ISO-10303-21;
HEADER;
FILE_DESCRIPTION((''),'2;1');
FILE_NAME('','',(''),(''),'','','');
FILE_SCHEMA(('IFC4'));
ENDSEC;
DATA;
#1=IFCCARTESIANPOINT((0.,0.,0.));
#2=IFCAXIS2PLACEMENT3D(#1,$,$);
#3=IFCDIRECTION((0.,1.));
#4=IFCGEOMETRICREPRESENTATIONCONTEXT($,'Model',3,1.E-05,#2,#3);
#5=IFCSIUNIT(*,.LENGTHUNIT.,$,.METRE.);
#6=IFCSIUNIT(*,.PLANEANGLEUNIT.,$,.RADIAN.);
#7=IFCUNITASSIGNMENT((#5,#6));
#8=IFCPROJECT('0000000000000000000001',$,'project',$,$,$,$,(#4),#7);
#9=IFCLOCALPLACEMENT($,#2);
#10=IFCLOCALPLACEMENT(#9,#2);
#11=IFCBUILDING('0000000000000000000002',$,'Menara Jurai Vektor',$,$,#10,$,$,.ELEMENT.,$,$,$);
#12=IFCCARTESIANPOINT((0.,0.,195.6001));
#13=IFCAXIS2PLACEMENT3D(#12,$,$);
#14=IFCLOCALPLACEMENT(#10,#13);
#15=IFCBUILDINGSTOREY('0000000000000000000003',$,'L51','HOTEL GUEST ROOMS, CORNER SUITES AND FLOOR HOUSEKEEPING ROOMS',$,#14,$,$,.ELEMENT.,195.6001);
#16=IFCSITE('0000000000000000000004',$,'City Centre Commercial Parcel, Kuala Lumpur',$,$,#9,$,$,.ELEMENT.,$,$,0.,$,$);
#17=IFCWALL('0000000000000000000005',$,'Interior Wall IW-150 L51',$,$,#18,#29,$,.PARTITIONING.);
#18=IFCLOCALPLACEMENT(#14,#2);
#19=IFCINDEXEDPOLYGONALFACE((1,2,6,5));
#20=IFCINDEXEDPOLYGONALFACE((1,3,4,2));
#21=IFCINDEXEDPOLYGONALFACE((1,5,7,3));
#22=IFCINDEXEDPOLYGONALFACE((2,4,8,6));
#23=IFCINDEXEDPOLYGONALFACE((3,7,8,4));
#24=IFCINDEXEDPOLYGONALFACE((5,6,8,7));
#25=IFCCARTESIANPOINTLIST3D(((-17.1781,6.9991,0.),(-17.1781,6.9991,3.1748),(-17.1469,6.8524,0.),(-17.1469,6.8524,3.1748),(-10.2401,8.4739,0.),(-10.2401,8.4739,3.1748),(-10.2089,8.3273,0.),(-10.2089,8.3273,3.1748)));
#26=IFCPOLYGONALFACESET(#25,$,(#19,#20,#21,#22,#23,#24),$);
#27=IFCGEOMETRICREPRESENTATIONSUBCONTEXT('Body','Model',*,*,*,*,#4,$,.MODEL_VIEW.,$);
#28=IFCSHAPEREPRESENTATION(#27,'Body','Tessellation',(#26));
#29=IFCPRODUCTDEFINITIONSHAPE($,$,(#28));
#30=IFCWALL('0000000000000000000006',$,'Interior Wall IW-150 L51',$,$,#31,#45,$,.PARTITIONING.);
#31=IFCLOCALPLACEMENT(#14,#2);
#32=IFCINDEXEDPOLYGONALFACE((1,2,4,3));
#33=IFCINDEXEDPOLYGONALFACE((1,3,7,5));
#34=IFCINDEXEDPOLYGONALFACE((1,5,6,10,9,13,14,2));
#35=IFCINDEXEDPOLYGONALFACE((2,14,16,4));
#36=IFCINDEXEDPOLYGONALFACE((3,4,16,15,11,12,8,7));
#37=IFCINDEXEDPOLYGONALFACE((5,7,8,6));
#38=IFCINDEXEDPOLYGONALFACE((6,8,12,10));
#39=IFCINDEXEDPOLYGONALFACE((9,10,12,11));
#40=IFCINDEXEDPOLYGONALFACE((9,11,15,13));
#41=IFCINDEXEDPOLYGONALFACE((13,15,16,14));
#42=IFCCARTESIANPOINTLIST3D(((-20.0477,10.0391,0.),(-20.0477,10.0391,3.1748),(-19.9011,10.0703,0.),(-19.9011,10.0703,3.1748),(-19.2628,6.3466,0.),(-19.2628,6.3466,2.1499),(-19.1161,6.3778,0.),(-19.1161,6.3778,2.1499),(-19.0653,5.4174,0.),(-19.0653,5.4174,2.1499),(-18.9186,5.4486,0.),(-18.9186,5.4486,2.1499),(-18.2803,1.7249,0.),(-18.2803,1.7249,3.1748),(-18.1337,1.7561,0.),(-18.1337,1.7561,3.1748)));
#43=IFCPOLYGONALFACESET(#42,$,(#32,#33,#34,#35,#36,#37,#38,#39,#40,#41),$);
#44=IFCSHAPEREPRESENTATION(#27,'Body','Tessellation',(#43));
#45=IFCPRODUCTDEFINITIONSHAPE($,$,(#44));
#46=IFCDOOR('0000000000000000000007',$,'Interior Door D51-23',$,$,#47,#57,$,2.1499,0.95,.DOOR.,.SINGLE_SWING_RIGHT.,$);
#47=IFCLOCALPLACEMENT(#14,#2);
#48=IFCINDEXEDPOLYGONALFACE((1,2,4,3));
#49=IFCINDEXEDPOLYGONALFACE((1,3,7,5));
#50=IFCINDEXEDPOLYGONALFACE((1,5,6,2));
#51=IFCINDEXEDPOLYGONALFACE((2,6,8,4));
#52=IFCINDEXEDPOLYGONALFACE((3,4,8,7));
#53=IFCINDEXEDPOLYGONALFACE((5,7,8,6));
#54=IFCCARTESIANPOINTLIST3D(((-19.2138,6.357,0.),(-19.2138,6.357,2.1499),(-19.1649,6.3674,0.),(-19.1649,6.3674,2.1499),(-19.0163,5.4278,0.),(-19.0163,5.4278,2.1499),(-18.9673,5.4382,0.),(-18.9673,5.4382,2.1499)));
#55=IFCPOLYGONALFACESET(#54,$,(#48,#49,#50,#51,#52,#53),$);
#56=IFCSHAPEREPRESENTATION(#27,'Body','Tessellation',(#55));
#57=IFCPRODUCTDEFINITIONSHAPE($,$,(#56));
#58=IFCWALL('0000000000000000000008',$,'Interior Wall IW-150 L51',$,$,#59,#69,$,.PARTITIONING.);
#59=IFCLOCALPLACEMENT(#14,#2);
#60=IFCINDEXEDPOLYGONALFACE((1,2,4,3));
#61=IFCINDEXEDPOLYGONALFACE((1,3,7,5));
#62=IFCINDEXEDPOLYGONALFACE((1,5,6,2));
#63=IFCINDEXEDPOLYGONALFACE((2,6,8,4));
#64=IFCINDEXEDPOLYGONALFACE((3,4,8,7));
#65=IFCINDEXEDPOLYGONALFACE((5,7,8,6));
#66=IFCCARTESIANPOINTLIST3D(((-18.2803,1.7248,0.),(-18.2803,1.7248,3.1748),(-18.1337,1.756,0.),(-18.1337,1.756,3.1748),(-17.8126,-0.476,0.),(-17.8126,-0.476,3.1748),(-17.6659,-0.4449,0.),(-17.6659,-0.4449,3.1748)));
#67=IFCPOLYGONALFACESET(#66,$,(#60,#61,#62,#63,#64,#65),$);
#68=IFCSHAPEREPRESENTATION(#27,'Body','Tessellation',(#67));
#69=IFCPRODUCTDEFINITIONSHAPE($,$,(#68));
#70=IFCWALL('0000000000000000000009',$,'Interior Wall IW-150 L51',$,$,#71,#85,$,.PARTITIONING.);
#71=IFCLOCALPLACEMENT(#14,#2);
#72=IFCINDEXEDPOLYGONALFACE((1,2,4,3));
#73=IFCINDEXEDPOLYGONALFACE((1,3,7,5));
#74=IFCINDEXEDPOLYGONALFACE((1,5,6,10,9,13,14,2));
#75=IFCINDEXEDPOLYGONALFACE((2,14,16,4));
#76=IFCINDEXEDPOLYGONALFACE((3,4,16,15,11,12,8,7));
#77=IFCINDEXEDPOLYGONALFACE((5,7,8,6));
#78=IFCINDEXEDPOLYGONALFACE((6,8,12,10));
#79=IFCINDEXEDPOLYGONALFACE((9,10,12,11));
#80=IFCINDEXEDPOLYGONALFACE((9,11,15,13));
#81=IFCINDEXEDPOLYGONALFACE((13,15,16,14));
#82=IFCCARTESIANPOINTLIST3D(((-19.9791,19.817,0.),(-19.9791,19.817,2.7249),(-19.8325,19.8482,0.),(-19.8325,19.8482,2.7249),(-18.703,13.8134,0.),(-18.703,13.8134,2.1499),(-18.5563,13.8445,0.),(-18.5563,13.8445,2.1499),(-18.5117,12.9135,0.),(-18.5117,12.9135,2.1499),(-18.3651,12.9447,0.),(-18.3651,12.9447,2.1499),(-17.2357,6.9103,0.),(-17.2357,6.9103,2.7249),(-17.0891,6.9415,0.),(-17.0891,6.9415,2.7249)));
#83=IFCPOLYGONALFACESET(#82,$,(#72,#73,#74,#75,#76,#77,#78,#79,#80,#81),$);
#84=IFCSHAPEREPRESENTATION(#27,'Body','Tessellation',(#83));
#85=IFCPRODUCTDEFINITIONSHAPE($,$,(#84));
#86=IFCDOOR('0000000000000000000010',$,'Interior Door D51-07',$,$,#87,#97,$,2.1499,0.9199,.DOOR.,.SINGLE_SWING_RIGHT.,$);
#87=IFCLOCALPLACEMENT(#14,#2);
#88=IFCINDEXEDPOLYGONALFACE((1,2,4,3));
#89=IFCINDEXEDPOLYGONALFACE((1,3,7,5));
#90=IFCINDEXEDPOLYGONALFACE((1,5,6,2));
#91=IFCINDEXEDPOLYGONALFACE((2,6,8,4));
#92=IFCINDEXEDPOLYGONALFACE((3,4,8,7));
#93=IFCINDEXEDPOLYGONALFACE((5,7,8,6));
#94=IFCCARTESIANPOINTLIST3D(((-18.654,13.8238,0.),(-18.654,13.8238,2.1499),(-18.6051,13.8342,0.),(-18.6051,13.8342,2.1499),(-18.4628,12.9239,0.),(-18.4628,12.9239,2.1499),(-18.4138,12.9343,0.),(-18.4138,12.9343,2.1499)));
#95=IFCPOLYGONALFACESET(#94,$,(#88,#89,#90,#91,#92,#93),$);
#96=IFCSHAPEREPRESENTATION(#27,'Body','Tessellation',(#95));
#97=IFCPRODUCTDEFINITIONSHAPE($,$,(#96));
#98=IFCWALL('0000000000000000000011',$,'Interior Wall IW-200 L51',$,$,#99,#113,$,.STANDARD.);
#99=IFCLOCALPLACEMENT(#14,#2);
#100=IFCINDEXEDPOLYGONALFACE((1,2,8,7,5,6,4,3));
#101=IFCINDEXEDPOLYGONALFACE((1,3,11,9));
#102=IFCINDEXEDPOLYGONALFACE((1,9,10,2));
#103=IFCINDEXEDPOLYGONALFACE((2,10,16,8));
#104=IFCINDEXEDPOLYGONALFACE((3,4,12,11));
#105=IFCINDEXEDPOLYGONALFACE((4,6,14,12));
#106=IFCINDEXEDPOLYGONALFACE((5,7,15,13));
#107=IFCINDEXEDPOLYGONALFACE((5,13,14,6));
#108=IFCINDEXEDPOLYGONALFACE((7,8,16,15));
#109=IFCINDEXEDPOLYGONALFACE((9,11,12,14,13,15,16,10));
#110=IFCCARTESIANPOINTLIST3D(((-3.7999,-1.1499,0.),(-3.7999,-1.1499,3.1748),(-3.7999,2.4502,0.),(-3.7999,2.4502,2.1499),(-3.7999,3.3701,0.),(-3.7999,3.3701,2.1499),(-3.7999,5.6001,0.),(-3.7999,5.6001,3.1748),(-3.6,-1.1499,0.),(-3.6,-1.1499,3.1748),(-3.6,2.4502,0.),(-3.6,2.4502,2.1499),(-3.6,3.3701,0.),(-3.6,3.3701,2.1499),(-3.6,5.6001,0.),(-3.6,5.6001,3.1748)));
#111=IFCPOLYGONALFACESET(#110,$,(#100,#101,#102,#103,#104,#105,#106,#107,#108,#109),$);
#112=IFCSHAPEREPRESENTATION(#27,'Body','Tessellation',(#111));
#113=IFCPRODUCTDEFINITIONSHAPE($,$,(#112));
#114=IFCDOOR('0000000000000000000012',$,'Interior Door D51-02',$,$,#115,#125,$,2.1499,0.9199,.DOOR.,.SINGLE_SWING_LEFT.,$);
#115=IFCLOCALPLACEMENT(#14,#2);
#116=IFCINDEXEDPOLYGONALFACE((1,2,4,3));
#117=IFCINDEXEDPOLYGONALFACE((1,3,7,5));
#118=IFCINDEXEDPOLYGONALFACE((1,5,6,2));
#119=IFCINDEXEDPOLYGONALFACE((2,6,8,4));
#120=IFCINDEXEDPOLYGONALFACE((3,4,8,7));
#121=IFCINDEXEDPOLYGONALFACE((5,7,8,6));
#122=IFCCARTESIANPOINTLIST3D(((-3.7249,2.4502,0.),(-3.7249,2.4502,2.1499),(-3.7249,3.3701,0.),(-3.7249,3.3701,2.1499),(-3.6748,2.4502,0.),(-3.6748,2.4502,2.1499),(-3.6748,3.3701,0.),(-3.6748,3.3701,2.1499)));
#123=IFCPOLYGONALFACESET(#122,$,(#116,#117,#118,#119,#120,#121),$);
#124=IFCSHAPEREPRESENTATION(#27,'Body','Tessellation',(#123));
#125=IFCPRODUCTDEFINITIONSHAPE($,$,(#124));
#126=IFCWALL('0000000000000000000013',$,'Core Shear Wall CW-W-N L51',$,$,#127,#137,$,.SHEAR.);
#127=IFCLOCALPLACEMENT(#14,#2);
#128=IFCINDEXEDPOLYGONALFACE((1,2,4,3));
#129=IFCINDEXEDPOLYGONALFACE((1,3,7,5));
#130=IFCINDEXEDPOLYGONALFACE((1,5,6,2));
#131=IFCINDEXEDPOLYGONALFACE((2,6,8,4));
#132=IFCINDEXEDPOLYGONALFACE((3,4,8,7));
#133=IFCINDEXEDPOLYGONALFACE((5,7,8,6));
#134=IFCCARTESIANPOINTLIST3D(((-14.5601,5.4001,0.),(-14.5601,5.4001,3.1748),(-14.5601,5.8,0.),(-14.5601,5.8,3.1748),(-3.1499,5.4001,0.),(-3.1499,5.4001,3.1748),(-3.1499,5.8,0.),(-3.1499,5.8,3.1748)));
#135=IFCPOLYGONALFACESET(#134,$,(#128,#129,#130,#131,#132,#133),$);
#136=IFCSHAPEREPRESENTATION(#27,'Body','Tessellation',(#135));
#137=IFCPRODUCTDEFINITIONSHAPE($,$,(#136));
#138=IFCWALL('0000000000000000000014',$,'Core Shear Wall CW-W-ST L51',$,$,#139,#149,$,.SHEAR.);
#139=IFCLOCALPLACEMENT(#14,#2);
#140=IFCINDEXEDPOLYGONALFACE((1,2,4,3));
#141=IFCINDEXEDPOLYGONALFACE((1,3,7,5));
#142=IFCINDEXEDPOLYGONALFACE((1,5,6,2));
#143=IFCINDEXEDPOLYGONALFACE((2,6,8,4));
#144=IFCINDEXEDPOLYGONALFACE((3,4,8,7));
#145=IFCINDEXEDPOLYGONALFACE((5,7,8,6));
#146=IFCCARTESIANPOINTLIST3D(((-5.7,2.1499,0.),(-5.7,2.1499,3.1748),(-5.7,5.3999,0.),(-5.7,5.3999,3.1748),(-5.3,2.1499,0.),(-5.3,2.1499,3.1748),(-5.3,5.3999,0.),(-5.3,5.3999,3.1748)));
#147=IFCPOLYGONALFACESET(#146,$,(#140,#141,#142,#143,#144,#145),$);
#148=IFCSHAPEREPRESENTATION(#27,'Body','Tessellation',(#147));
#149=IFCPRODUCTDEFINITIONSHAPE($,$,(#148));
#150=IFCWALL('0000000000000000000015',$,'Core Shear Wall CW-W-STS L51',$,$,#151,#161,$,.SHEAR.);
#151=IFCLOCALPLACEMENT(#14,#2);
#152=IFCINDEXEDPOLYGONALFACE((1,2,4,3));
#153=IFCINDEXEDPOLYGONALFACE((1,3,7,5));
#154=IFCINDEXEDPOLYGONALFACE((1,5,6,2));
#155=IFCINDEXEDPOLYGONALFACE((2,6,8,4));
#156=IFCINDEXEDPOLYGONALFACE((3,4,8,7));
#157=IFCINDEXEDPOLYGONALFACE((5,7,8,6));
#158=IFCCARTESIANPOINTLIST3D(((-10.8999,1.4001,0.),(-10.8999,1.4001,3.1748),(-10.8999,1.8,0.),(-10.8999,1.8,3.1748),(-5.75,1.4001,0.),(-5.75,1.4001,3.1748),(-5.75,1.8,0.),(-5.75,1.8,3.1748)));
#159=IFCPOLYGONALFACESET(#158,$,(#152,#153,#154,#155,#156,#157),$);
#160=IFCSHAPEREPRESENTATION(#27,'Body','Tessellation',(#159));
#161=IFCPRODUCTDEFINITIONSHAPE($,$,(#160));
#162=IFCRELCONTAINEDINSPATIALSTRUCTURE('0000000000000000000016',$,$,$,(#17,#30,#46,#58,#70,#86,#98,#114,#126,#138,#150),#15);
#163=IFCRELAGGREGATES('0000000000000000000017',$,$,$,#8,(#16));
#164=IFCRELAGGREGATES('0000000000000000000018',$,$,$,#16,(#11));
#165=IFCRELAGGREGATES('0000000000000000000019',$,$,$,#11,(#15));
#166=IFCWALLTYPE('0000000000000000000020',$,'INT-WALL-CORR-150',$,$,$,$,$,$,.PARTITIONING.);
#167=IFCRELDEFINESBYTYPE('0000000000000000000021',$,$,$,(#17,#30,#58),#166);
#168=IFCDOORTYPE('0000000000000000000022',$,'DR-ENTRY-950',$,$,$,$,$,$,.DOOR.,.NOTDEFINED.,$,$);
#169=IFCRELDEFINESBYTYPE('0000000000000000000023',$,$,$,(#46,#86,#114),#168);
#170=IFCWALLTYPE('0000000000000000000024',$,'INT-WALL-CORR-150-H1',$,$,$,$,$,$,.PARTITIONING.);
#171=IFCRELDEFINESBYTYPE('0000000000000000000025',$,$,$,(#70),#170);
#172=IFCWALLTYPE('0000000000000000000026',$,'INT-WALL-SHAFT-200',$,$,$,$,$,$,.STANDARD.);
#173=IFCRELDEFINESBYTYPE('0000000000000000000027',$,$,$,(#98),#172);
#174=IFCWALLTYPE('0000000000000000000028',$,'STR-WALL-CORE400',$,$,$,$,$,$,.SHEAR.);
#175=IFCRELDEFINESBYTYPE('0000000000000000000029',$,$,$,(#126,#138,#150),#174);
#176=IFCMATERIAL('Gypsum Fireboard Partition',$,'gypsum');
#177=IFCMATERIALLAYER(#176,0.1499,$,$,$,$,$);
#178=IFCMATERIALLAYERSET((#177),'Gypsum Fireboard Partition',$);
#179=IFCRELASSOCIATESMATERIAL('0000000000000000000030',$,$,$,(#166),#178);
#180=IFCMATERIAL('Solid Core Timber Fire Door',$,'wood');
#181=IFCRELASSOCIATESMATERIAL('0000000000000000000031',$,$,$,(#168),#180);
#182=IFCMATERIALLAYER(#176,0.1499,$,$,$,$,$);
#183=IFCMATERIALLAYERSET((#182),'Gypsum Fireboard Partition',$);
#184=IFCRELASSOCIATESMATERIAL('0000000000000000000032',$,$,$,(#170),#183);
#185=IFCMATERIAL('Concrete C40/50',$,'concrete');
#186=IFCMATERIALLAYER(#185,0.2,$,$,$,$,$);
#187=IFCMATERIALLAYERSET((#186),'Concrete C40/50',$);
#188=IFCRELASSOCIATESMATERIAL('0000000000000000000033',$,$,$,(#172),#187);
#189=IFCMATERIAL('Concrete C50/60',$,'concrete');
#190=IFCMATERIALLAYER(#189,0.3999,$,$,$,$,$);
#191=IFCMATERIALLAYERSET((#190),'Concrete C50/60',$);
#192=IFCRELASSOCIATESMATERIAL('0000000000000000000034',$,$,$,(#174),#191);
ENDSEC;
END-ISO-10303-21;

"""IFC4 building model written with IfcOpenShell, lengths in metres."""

from ifc_helpers import new_model, si_unit, direction, frame, frame_2d, origin, place, context, subcontext, project, spatial, rectangle, extrude, material, layer, layer_set, type_object, element, fill, save


model = new_model("IFC4")

# Units and contexts
model_context = context("Model", 3, precision=1e-05, world=origin(), true_north=direction((0.0, 1.0)))
body_context = subcontext(model_context, "Body", "Model", "MODEL_VIEW")
ifc_project = project(units=[si_unit("LENGTHUNIT", "METRE"), si_unit("PLANEANGLEUNIT", "RADIAN")], contexts=[model_context])

# Site, building, storey
site_placement = place(None, origin())
site = spatial("IfcSite", under=ifc_project, at=site_placement, Name="City Centre Commercial Parcel, Kuala Lumpur", CompositionType="ELEMENT", RefElevation=0.0)
building_placement = place(site_placement, origin())
building = spatial("IfcBuilding", under=site, at=building_placement, Name="Menara Jurai Vektor", CompositionType="ELEMENT")
storey_placement = place(building_placement, frame((0.0, 0.0, 195.6001)))
storey = spatial("IfcBuildingStorey", under=building, at=storey_placement, Name="L51", Description="HOTEL GUEST ROOMS, CORNER SUITES AND FLOOR HOUSEKEEPING ROOMS", CompositionType="ELEMENT", Elevation=195.6001)

# Shared definitions
ifc_material_1 = material(Name="Concrete C50/60", Category="concrete")

# Shared definitions
ifc_material_2 = material(Name="Concrete C40/50", Category="concrete")

# Wall
ifc_material_3 = material(Name="Gypsum Fireboard Partition", Category="gypsum")
ifc_layer_1 = layer(ifc_material_3, 0.1499)
ifc_layer_set_1 = layer_set([ifc_layer_1], Name="Gypsum Fireboard Partition")
wall_type_1 = type_object("IfcWallType", Name="INT-WALL-CORR-150", PredefinedType="PARTITIONING", material=ifc_layer_set_1)
wall_1_placement = place(storey_placement, frame((-17.1624, 6.9258, 0.0), z_axis=(0.0, 0.0, 1.0), x_axis=(0.978144, 0.20793, 0.0)))
element("IfcWall", 1, at=wall_1_placement, inside=storey, type_object=wall_type_1, Name="Interior Wall IW-150 L51", PredefinedType="PARTITIONING", context=body_context, shape_type="SweptSolid", body=[
    extrude(rectangle(XDim=7.093, YDim=0.1499, at=frame_2d((3.5464, 0.0))), origin(), (0.0, 0.0, 1.0), 3.1748),
])

# Wall, opening, door
wall_2_placement = place(storey_placement, frame((-18.207, 1.7405, 0.0), z_axis=(0.0, 0.0, 1.0), x_axis=(-0.207922, 0.978145, 0.0)))
wall_2 = element("IfcWall", 2, at=wall_2_placement, inside=storey, type_object=wall_type_1, Name="Interior Wall IW-150 L51", PredefinedType="PARTITIONING", context=body_context, shape_type="SweptSolid", body=[
    extrude(rectangle(XDim=8.5, YDim=0.1499, at=frame_2d((4.25, 0.0))), origin(), (0.0, 0.0, 1.0), 3.1748),
])
opening_1_placement = place(wall_2_placement, frame((3.7749, 0.0, 0.0)))
opening_1 = element("IfcOpeningElement", 3, at=opening_1_placement, cuts=wall_2, PredefinedType="OPENING", context=body_context, shape_type="SweptSolid", body=[
    extrude(rectangle(XDim=0.95, YDim=2.1499, at=frame_2d((0.4751, 1.075))), frame((0.0, 0.085, 0.0), z_axis=(0.0, -1.0, 0.0), x_axis=(1.0, 0.0, 0.0)), (0.0, 0.0, 1.0), 0.1699),
])
ifc_material_4 = material(Name="Solid Core Timber Fire Door", Category="wood")
door_type_1 = type_object("IfcDoorType", Name="DR-ENTRY-950", OperationType="NOTDEFINED", PredefinedType="DOOR", material=ifc_material_4)
door_1_placement = place(opening_1_placement, origin())
door_1 = element("IfcDoor", 4, at=door_1_placement, inside=storey, type_object=door_type_1, Name="Interior Door D51-23", OperationType="SINGLE_SWING_RIGHT", OverallHeight=2.1499, OverallWidth=0.95, PredefinedType="DOOR", context=body_context, shape_type="SweptSolid", body=[
    extrude(rectangle(XDim=0.95, YDim=2.1499, at=frame_2d((0.4751, 1.075))), frame((0.0, 0.0249, 0.0), z_axis=(0.0, -1.0, 0.0), x_axis=(1.0, 0.0, 0.0)), (0.0, 0.0, 1.0), 0.05),
])
fill(opening_1, door_1)

# Wall
wall_3_placement = place(storey_placement, frame((-17.7393, -0.4604, 0.0), z_axis=(0.0, 0.0, 1.0), x_axis=(-0.207891, 0.978152, 0.0)))
element("IfcWall", 5, at=wall_3_placement, inside=storey, type_object=wall_type_1, Name="Interior Wall IW-150 L51", PredefinedType="PARTITIONING", context=body_context, shape_type="SweptSolid", body=[
    extrude(rectangle(XDim=2.25, YDim=0.1499, at=frame_2d((1.125, 0.0))), origin(), (0.0, 0.0, 1.0), 3.1748),
])

# Walls, openings, doors
ifc_layer_2 = layer(ifc_material_3, 0.1499)
ifc_layer_set_2 = layer_set([ifc_layer_2], Name="Gypsum Fireboard Partition")
wall_type_2 = type_object("IfcWallType", Name="INT-WALL-CORR-150-H1", PredefinedType="PARTITIONING", material=ifc_layer_set_2)
wall_4_placement = place(storey_placement, frame((-17.1624, 6.9258, 0.0), z_axis=(0.0, 0.0, 1.0), x_axis=(-0.207911, 0.978148, 0.0)))
wall_4 = element("IfcWall", 6, at=wall_4_placement, inside=storey, type_object=wall_type_2, Name="Interior Wall IW-150 L51", PredefinedType="PARTITIONING", context=body_context, shape_type="SweptSolid", body=[
    extrude(rectangle(XDim=13.1951, YDim=0.1499, at=frame_2d((6.5977, 0.0))), origin(), (0.0, 0.0, 1.0), 2.7249),
])
opening_2_placement = place(wall_4_placement, frame((6.1375, 0.0, 0.0)))
opening_2 = element("IfcOpeningElement", 7, at=opening_2_placement, cuts=wall_4, PredefinedType="OPENING", context=body_context, shape_type="SweptSolid", body=[
    extrude(rectangle(XDim=0.9199, YDim=2.1499, at=frame_2d((0.46, 1.075))), frame((0.0, 0.085, 0.0), z_axis=(0.0, -1.0, 0.0), x_axis=(1.0, 0.0, 0.0)), (0.0, 0.0, 1.0), 0.1699),
])
door_2_placement = place(opening_2_placement, origin())
door_2 = element("IfcDoor", 8, at=door_2_placement, inside=storey, type_object=door_type_1, Name="Interior Door D51-07", OperationType="SINGLE_SWING_RIGHT", OverallHeight=2.1499, OverallWidth=0.9199, PredefinedType="DOOR", context=body_context, shape_type="SweptSolid", body=[
    extrude(rectangle(XDim=0.9199, YDim=2.1499, at=frame_2d((0.46, 1.075))), frame((0.0, 0.0249, 0.0), z_axis=(0.0, -1.0, 0.0), x_axis=(1.0, 0.0, 0.0)), (0.0, 0.0, 1.0), 0.05),
])
fill(opening_2, door_2)
ifc_layer_3 = layer(ifc_material_2, 0.2)
ifc_layer_set_3 = layer_set([ifc_layer_3], Name="Concrete C40/50")
wall_type_3 = type_object("IfcWallType", Name="INT-WALL-SHAFT-200", PredefinedType="STANDARD", material=ifc_layer_set_3)
wall_5_placement = place(storey_placement, frame((-3.7, -1.1499, 0.0), z_axis=(0.0, 0.0, 1.0), x_axis=(0.0, 1.0, 0.0)))
wall_5 = element("IfcWall", 9, at=wall_5_placement, inside=storey, type_object=wall_type_3, Name="Interior Wall IW-200 L51", PredefinedType="STANDARD", context=body_context, shape_type="SweptSolid", body=[
    extrude(rectangle(XDim=6.75, YDim=0.2, at=frame_2d((3.375, 0.0))), origin(), (0.0, 0.0, 1.0), 3.1748),
])
opening_3_placement = place(wall_5_placement, frame((3.6001, 0.0, 0.0)))
opening_3 = element("IfcOpeningElement", 10, at=opening_3_placement, cuts=wall_5, PredefinedType="OPENING", context=body_context, shape_type="SweptSolid", body=[
    extrude(rectangle(XDim=0.9199, YDim=2.1499, at=frame_2d((0.46, 1.075))), frame((0.0, 0.1099, 0.0), z_axis=(0.0, -1.0, 0.0), x_axis=(1.0, 0.0, 0.0)), (0.0, 0.0, 1.0), 0.22),
])
door_3_placement = place(opening_3_placement, origin())
door_3 = element("IfcDoor", 11, at=door_3_placement, inside=storey, type_object=door_type_1, Name="Interior Door D51-02", OperationType="SINGLE_SWING_LEFT", OverallHeight=2.1499, OverallWidth=0.9199, PredefinedType="DOOR", context=body_context, shape_type="SweptSolid", body=[
    extrude(rectangle(XDim=0.9199, YDim=2.1499, at=frame_2d((0.46, 1.075))), frame((0.0, 0.0249, 0.0), z_axis=(0.0, -1.0, 0.0), x_axis=(1.0, 0.0, 0.0)), (0.0, 0.0, 1.0), 0.05),
])
fill(opening_3, door_3)

# Walls
ifc_layer_4 = layer(ifc_material_1, 0.3999)
ifc_layer_set_4 = layer_set([ifc_layer_4], Name="Concrete C50/60")
wall_type_4 = type_object("IfcWallType", Name="STR-WALL-CORE400", PredefinedType="SHEAR", material=ifc_layer_set_4)
wall_6_placement = place(storey_placement, frame((-14.5601, 5.6001, 0.0), z_axis=(0.0, 0.0, 1.0), x_axis=(1.0, 0.0, 0.0)))
element("IfcWall", 12, at=wall_6_placement, inside=storey, type_object=wall_type_4, Name="Core Shear Wall CW-W-N L51", PredefinedType="SHEAR", context=body_context, shape_type="SweptSolid", body=[
    extrude(rectangle(XDim=11.4102, YDim=0.3999, at=frame_2d((5.7051, 0.0))), origin(), (0.0, 0.0, 1.0), 3.1748),
])
wall_7_placement = place(storey_placement, frame((-5.5, 2.1499, 0.0), z_axis=(0.0, 0.0, 1.0), x_axis=(0.0, 1.0, 0.0)))
element("IfcWall", 13, at=wall_7_placement, inside=storey, type_object=wall_type_4, Name="Core Shear Wall CW-W-ST L51", PredefinedType="SHEAR", context=body_context, shape_type="SweptSolid", body=[
    extrude(rectangle(XDim=3.25, YDim=0.3999, at=frame_2d((1.625, 0.0))), origin(), (0.0, 0.0, 1.0), 3.1748),
])
wall_8_placement = place(storey_placement, frame((-10.8999, 1.6001, 0.0), z_axis=(0.0, 0.0, 1.0), x_axis=(1.0, 0.0, 0.0)))
element("IfcWall", 14, at=wall_8_placement, inside=storey, type_object=wall_type_4, Name="Core Shear Wall CW-W-STS L51", PredefinedType="SHEAR", context=body_context, shape_type="SweptSolid", body=[
    extrude(rectangle(XDim=5.1499, YDim=0.3999, at=frame_2d((2.575, 0.0))), origin(), (0.0, 0.0, 1.0), 3.1748),
])

save(model, "model.ifc")
